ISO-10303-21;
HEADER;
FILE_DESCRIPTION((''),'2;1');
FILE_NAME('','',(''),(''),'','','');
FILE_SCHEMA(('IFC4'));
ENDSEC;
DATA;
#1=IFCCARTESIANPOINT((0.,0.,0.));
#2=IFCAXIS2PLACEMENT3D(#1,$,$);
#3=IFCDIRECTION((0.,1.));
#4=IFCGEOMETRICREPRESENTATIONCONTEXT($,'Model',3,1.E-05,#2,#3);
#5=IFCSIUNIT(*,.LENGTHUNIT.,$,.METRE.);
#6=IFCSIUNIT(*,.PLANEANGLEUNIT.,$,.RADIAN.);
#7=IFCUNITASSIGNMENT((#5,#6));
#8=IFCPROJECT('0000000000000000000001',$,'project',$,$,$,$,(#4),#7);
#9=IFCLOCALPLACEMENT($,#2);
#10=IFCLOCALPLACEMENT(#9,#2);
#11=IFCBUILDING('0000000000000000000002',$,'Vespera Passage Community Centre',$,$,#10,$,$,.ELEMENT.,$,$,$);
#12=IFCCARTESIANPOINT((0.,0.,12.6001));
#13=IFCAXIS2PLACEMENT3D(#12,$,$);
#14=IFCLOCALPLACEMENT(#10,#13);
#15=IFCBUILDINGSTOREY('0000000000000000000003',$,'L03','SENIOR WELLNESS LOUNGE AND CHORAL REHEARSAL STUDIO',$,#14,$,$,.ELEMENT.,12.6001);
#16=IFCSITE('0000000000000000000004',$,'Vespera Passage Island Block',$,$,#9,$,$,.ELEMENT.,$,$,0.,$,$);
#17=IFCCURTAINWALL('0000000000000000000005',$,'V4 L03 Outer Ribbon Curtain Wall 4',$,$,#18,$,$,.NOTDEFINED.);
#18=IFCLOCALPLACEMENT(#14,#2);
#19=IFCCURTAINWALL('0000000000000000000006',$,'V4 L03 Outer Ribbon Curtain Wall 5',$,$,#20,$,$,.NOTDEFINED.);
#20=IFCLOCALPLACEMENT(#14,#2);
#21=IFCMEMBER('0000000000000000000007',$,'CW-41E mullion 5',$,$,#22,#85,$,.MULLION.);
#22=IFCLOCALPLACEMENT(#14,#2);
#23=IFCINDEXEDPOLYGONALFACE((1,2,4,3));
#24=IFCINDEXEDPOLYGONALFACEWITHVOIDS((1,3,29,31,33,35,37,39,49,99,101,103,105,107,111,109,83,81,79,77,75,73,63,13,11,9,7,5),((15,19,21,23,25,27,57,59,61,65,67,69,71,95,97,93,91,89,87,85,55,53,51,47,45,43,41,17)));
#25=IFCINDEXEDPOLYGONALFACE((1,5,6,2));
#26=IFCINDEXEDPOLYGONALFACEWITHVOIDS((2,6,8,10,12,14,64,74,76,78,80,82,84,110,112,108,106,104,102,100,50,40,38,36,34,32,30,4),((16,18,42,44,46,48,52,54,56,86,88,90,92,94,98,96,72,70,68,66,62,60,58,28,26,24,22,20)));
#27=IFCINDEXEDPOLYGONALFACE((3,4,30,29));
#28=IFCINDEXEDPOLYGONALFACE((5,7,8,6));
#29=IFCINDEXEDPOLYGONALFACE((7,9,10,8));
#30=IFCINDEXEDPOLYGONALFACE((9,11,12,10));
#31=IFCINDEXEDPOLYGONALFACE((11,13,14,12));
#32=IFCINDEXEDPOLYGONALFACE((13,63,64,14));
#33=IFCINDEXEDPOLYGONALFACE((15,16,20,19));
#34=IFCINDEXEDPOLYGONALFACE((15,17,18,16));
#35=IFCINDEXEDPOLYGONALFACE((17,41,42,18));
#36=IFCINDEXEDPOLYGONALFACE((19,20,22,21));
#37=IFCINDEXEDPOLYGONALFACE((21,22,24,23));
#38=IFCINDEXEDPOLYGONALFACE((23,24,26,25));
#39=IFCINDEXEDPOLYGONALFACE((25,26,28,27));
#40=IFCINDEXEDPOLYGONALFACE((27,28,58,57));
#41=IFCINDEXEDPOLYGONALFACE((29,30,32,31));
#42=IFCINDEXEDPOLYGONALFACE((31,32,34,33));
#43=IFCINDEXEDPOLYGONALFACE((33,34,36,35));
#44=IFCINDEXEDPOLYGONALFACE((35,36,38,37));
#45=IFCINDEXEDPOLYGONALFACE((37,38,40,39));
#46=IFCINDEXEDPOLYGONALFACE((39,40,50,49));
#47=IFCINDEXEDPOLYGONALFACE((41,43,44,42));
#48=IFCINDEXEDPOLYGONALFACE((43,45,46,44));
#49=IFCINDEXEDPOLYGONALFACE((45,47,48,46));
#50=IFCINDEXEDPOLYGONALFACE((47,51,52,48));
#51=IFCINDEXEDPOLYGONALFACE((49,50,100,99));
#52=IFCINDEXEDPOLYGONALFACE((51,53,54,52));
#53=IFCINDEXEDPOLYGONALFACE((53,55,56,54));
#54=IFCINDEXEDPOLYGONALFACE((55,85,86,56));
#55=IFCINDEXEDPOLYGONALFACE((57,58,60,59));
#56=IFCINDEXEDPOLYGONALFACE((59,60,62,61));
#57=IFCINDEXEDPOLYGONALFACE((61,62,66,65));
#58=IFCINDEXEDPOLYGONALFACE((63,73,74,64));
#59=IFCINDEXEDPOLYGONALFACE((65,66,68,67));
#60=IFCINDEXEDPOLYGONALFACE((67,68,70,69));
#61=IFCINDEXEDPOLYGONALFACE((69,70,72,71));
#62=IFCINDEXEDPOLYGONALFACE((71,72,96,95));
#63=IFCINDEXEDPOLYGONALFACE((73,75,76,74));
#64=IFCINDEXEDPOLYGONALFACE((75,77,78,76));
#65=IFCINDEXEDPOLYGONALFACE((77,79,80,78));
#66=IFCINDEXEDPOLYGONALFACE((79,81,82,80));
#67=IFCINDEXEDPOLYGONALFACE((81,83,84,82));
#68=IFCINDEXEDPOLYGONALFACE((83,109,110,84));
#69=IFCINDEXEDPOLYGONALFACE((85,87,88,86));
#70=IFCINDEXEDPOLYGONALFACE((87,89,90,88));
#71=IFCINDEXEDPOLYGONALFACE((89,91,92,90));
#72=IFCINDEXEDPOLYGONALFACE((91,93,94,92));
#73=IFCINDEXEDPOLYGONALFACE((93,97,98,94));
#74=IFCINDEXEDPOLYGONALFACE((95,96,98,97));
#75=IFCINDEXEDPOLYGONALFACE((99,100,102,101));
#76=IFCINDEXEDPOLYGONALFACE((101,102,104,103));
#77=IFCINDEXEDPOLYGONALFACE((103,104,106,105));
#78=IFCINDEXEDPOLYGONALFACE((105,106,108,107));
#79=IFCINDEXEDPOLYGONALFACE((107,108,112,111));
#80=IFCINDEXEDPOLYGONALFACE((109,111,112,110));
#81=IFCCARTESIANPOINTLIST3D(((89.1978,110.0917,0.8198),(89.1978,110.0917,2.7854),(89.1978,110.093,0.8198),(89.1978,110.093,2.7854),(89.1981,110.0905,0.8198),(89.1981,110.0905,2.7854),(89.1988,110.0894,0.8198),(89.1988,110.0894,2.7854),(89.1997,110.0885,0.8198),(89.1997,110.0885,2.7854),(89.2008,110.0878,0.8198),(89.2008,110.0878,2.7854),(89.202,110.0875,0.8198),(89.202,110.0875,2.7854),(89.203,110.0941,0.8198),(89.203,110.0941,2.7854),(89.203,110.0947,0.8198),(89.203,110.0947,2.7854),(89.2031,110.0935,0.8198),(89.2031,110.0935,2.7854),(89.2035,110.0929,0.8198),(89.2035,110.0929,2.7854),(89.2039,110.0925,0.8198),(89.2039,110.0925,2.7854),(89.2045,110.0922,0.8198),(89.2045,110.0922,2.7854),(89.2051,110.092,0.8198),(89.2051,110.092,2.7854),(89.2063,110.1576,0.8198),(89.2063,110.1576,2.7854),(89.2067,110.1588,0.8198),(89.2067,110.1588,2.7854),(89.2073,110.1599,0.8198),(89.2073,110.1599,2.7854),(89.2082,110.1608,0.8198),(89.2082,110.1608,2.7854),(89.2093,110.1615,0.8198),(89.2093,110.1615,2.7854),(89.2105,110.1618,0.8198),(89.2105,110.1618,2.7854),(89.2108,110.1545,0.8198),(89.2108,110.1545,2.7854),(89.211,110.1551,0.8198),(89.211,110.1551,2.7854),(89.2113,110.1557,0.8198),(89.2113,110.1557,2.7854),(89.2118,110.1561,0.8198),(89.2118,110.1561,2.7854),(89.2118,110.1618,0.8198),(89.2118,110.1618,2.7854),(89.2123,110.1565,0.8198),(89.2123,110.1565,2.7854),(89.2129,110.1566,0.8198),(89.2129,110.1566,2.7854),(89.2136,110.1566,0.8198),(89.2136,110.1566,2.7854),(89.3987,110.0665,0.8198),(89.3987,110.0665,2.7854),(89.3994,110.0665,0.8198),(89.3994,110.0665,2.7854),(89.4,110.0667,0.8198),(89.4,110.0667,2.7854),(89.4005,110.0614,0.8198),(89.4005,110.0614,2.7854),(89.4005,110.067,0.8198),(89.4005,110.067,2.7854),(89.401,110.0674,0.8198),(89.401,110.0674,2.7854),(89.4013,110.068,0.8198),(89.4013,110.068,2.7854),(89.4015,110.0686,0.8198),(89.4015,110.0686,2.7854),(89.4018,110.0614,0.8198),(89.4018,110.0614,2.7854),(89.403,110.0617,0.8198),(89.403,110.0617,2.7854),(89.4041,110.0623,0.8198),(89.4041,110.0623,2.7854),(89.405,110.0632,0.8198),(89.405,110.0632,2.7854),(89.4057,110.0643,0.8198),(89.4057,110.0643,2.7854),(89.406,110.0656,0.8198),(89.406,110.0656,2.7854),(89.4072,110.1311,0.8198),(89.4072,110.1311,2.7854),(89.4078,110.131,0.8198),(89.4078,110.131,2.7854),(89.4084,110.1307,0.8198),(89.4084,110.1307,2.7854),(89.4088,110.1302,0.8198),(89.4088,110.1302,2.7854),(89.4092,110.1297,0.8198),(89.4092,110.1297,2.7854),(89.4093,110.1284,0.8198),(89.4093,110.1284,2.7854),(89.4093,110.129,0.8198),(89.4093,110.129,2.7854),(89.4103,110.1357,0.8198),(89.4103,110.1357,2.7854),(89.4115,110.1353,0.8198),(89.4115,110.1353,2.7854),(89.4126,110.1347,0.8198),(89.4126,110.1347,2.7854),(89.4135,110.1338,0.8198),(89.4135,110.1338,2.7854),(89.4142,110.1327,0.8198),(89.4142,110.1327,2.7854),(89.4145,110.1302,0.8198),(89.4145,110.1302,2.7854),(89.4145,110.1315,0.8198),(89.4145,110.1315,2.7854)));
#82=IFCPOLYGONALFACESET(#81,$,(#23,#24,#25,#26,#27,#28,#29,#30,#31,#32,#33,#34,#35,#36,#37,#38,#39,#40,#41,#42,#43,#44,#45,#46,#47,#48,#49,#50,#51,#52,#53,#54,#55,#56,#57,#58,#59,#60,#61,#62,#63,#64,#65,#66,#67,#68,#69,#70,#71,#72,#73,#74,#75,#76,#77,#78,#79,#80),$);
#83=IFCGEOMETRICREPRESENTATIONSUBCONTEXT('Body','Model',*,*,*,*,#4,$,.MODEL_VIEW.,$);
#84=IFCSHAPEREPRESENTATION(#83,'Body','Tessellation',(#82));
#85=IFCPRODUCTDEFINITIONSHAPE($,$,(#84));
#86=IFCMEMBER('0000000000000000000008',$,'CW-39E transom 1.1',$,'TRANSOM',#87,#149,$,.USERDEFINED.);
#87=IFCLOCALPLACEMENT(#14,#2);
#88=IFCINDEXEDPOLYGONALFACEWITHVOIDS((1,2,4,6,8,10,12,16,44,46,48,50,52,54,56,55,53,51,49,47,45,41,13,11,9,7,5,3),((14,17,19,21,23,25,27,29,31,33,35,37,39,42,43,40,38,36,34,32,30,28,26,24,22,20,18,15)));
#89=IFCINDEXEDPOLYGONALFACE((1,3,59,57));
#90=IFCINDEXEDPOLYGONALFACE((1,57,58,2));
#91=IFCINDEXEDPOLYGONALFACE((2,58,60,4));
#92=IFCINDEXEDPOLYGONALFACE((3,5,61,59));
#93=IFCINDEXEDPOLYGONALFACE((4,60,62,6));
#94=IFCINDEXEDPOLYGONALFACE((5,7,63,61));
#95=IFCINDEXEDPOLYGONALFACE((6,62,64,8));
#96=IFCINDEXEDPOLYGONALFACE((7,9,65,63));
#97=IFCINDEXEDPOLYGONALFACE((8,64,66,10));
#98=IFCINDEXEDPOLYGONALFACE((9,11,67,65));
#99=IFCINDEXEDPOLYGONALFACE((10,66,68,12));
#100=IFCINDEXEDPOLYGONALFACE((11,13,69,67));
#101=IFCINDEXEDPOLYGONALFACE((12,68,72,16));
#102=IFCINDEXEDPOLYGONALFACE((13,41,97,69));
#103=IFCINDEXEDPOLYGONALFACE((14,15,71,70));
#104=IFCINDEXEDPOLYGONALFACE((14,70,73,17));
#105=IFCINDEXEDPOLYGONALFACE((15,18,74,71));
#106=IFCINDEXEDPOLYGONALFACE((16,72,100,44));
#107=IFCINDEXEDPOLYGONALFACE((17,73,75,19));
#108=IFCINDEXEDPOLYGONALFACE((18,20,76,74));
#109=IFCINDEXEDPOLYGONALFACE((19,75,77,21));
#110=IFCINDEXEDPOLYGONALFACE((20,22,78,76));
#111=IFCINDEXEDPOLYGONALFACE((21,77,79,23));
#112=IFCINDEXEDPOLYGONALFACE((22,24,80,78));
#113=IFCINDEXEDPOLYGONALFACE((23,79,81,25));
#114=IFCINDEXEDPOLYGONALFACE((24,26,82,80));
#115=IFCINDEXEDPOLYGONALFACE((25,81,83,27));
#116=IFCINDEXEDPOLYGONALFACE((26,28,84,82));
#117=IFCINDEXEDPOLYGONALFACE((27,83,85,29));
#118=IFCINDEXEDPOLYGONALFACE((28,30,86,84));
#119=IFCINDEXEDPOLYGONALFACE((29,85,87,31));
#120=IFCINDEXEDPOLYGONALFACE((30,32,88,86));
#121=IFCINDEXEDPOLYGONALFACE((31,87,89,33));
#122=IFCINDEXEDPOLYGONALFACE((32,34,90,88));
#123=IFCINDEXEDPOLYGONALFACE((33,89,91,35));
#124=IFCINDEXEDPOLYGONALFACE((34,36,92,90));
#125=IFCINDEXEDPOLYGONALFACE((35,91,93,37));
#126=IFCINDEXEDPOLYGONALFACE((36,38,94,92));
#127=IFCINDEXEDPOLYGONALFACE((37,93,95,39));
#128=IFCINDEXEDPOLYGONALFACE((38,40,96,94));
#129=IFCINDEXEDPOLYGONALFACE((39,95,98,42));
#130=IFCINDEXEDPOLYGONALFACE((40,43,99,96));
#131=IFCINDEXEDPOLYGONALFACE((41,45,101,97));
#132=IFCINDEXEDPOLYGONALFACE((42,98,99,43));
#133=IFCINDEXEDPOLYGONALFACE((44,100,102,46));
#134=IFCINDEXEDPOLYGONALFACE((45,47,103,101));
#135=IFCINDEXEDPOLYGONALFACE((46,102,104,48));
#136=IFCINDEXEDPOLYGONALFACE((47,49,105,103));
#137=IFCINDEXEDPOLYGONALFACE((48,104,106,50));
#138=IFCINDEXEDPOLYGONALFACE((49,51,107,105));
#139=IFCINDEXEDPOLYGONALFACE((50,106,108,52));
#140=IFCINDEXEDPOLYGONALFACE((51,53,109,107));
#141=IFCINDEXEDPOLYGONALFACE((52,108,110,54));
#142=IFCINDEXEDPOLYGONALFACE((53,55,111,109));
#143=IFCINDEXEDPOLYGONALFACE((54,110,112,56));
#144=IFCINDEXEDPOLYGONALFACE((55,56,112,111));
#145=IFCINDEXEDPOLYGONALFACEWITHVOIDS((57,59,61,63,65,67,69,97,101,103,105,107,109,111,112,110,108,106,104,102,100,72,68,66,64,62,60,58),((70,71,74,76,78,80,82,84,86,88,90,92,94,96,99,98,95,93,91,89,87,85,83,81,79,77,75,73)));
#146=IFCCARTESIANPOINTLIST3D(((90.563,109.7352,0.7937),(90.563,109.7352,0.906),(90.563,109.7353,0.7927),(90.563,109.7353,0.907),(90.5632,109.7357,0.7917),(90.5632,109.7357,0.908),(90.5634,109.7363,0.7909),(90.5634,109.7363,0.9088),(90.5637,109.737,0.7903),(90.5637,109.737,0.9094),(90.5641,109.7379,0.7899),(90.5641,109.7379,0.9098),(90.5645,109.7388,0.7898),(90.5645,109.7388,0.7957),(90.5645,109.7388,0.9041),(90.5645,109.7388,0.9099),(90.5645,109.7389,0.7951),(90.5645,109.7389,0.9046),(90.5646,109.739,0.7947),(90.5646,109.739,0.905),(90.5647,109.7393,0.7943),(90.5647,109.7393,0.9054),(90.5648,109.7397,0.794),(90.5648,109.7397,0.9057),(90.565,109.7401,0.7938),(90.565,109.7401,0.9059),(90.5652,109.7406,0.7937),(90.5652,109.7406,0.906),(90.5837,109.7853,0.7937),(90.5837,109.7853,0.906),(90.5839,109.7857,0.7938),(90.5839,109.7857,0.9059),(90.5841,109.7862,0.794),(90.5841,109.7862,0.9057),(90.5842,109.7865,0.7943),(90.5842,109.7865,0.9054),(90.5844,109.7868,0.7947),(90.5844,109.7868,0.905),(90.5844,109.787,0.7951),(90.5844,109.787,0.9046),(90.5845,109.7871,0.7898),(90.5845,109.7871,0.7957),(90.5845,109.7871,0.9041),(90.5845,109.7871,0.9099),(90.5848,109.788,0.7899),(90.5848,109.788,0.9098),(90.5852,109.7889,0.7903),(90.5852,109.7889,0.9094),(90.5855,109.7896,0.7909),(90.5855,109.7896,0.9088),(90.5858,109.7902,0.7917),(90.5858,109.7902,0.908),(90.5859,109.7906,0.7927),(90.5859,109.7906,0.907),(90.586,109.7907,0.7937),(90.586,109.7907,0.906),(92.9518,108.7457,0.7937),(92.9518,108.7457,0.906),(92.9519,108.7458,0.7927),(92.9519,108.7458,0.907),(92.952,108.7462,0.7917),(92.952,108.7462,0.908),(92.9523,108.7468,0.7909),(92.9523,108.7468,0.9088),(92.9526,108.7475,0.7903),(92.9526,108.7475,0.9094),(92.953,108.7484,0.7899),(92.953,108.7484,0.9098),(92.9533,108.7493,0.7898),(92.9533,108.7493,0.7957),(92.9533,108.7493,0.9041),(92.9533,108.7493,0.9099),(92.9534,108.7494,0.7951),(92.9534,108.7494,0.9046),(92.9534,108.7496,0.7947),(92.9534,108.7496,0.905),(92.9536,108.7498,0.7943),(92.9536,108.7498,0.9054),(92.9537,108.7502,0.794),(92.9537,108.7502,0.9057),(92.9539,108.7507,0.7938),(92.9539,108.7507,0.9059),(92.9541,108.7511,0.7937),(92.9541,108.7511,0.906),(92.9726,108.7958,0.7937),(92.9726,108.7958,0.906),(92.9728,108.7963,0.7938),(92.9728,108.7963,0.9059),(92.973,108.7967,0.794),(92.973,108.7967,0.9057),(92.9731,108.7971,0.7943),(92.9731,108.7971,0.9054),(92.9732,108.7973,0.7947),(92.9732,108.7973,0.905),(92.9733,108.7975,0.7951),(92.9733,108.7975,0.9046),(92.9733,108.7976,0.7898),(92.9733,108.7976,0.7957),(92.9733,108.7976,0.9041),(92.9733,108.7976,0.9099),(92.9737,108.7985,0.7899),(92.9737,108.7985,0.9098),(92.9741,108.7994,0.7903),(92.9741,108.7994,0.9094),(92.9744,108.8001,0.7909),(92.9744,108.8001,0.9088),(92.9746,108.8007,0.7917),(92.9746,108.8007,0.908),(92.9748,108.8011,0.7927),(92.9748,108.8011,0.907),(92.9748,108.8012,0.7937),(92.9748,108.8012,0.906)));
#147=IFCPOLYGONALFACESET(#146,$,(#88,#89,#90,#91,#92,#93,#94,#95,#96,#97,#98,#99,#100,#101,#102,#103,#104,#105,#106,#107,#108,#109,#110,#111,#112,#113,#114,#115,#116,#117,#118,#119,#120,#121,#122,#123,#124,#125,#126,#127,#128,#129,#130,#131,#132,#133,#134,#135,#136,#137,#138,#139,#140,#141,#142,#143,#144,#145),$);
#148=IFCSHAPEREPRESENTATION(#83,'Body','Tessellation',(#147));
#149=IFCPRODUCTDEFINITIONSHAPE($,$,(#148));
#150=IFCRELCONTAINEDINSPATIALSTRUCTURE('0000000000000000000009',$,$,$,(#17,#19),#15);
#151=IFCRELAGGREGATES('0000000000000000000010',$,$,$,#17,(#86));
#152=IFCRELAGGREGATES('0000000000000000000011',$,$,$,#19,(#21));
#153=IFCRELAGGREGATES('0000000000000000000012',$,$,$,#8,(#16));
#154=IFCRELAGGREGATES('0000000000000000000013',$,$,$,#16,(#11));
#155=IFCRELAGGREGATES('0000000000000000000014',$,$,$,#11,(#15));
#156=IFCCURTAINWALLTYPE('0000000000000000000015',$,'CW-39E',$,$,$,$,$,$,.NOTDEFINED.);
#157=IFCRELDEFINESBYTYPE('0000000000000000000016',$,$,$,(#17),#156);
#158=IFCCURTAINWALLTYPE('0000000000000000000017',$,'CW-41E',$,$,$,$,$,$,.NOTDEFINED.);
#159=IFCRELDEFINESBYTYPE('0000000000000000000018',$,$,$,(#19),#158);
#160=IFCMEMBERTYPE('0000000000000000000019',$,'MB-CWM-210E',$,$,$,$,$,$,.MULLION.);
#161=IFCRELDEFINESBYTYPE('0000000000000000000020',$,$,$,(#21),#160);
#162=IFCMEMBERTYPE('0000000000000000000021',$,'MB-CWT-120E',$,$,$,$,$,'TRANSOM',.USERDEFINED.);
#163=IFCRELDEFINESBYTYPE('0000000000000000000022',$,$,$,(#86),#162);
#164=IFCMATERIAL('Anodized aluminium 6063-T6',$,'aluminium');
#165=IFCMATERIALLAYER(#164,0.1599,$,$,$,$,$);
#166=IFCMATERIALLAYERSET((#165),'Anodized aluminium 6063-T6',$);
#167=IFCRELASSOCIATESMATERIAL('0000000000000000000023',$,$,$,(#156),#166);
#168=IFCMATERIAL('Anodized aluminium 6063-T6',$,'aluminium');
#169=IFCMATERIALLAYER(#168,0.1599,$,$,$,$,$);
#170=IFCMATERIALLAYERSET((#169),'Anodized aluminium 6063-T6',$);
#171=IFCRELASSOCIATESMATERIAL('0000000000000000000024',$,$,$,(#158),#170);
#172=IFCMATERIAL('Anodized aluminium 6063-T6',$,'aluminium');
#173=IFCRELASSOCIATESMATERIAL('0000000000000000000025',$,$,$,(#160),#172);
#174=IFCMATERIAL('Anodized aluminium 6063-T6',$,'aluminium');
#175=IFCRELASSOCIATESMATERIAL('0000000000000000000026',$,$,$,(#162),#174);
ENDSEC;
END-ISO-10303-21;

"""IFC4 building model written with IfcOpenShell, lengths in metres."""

from ifc_helpers import new_model, si_unit, direction, frame, origin, origin_2d, place, context, subcontext, project, spatial, hollow_rectangle, extrude, material, layer, layer_set, material_profile, profile_set, type_object, element, aggregate, save


model = new_model("IFC4")

# Units and contexts
model_context = context("Model", 3, precision=1e-05, world=origin(), true_north=direction((0.0, 1.0)))
body_context = subcontext(model_context, "Body", "Model", "MODEL_VIEW")
ifc_project = project(units=[si_unit("LENGTHUNIT", "METRE"), si_unit("PLANEANGLEUNIT", "RADIAN")], contexts=[model_context])

# Site, building, storey
site_placement = place(None, origin())
site = spatial("IfcSite", under=ifc_project, at=site_placement, Name="Vespera Passage Island Block", CompositionType="ELEMENT", RefElevation=0.0)
building_placement = place(site_placement, origin())
building = spatial("IfcBuilding", under=site, at=building_placement, Name="Vespera Passage Community Centre", CompositionType="ELEMENT")
storey_placement = place(building_placement, frame((0.0, 0.0, 12.6001)))
storey = spatial("IfcBuildingStorey", under=building, at=storey_placement, Name="L03", Description="SENIOR WELLNESS LOUNGE AND CHORAL REHEARSAL STUDIO", CompositionType="ELEMENT", Elevation=12.6001)

# Curtain wall
ifc_material_1 = material(Name="Anodized aluminium 6063-T6", Category="aluminium")
ifc_layer_1 = layer(ifc_material_1, 0.1599)
ifc_layer_set_1 = layer_set([ifc_layer_1], Name="Anodized aluminium 6063-T6")
curtain_wall_type_1 = type_object("IfcCurtainWallType", Name="CW-39E", PredefinedType="NOTDEFINED", material=ifc_layer_set_1)
curtain_wall_1_placement = place(storey_placement, origin())
curtain_wall_1 = element("IfcCurtainWall", 1, at=curtain_wall_1_placement, inside=storey, type_object=curtain_wall_type_1, Name="V4 L03 Outer Ribbon Curtain Wall 4", PredefinedType="NOTDEFINED")

# Curtain wall, member
ifc_material_2 = material(Name="Anodized aluminium 6063-T6", Category="aluminium")
ifc_layer_2 = layer(ifc_material_2, 0.1599)
ifc_layer_set_2 = layer_set([ifc_layer_2], Name="Anodized aluminium 6063-T6")
curtain_wall_type_2 = type_object("IfcCurtainWallType", Name="CW-41E", PredefinedType="NOTDEFINED", material=ifc_layer_set_2)
curtain_wall_2_placement = place(storey_placement, origin())
curtain_wall_2 = element("IfcCurtainWall", 2, at=curtain_wall_2_placement, inside=storey, type_object=curtain_wall_type_2, Name="V4 L03 Outer Ribbon Curtain Wall 5", PredefinedType="NOTDEFINED")
ifc_material_3 = material(Name="Anodized aluminium 6063-T6", Category="aluminium")
ifc_material_profile_1 = material_profile(ifc_material_3, hollow_rectangle(XDim=0.075, YDim=0.21, WallThickness=0.0049, InnerFilletRadius=0.0024, OuterFilletRadius=0.0049, at=origin_2d()), Name="ALU210X75X5")
ifc_profile_set_1 = profile_set([ifc_material_profile_1], Name="Anodized aluminium 6063-T6")
member_type_1 = type_object("IfcMemberType", Name="MB-CWM-210E", PredefinedType="MULLION", material=ifc_profile_set_1)
member_1_placement = place(storey_placement, frame((89.3062, 110.1116, 0.8198), z_axis=(0.0, 0.0, 1.0), x_axis=(0.130531, 0.991444, 0.0)))
member_1 = element("IfcMember", 3, at=member_1_placement, type_object=member_type_1, Name="CW-41E mullion 5", PredefinedType="MULLION", context=body_context, shape_type="SweptSolid", body=[
    extrude(hollow_rectangle(XDim=0.075, YDim=0.21, WallThickness=0.0049, InnerFilletRadius=0.0024, OuterFilletRadius=0.0049, at=origin_2d()), origin(), (0.0, 0.0, 1.0), 1.9656),
])

# Member
ifc_material_4 = material(Name="Anodized aluminium 6063-T6", Category="aluminium")
ifc_material_profile_2 = material_profile(ifc_material_4, hollow_rectangle(XDim=0.0601, YDim=0.1201, WallThickness=0.0039, InnerFilletRadius=0.002, OuterFilletRadius=0.0039, at=origin_2d()), Name="ALU120X60X4")
ifc_profile_set_2 = profile_set([ifc_material_profile_2], Name="Anodized aluminium 6063-T6")
member_type_2 = type_object("IfcMemberType", Name="MB-CWT-120E", ElementType="TRANSOM", PredefinedType="USERDEFINED", material=ifc_profile_set_2)
member_2_placement = place(storey_placement, frame((90.5745, 109.7629, 0.8499), z_axis=(0.923882, -0.382677, 0.0), x_axis=(0.382677, 0.923882, 0.0)))
member_2 = element("IfcMember", 4, at=member_2_placement, type_object=member_type_2, Name="CW-39E transom 1.1", ObjectType="TRANSOM", PredefinedType="USERDEFINED", context=body_context, shape_type="SweptSolid", body=[
    extrude(hollow_rectangle(XDim=0.0601, YDim=0.1201, WallThickness=0.0039, InnerFilletRadius=0.002, OuterFilletRadius=0.0039, at=origin_2d()), origin(), (0.0, 0.0, 1.0), 2.5857),
])

aggregate(curtain_wall_1, [member_2])
aggregate(curtain_wall_2, [member_1])

save(model, "model.ifc")
